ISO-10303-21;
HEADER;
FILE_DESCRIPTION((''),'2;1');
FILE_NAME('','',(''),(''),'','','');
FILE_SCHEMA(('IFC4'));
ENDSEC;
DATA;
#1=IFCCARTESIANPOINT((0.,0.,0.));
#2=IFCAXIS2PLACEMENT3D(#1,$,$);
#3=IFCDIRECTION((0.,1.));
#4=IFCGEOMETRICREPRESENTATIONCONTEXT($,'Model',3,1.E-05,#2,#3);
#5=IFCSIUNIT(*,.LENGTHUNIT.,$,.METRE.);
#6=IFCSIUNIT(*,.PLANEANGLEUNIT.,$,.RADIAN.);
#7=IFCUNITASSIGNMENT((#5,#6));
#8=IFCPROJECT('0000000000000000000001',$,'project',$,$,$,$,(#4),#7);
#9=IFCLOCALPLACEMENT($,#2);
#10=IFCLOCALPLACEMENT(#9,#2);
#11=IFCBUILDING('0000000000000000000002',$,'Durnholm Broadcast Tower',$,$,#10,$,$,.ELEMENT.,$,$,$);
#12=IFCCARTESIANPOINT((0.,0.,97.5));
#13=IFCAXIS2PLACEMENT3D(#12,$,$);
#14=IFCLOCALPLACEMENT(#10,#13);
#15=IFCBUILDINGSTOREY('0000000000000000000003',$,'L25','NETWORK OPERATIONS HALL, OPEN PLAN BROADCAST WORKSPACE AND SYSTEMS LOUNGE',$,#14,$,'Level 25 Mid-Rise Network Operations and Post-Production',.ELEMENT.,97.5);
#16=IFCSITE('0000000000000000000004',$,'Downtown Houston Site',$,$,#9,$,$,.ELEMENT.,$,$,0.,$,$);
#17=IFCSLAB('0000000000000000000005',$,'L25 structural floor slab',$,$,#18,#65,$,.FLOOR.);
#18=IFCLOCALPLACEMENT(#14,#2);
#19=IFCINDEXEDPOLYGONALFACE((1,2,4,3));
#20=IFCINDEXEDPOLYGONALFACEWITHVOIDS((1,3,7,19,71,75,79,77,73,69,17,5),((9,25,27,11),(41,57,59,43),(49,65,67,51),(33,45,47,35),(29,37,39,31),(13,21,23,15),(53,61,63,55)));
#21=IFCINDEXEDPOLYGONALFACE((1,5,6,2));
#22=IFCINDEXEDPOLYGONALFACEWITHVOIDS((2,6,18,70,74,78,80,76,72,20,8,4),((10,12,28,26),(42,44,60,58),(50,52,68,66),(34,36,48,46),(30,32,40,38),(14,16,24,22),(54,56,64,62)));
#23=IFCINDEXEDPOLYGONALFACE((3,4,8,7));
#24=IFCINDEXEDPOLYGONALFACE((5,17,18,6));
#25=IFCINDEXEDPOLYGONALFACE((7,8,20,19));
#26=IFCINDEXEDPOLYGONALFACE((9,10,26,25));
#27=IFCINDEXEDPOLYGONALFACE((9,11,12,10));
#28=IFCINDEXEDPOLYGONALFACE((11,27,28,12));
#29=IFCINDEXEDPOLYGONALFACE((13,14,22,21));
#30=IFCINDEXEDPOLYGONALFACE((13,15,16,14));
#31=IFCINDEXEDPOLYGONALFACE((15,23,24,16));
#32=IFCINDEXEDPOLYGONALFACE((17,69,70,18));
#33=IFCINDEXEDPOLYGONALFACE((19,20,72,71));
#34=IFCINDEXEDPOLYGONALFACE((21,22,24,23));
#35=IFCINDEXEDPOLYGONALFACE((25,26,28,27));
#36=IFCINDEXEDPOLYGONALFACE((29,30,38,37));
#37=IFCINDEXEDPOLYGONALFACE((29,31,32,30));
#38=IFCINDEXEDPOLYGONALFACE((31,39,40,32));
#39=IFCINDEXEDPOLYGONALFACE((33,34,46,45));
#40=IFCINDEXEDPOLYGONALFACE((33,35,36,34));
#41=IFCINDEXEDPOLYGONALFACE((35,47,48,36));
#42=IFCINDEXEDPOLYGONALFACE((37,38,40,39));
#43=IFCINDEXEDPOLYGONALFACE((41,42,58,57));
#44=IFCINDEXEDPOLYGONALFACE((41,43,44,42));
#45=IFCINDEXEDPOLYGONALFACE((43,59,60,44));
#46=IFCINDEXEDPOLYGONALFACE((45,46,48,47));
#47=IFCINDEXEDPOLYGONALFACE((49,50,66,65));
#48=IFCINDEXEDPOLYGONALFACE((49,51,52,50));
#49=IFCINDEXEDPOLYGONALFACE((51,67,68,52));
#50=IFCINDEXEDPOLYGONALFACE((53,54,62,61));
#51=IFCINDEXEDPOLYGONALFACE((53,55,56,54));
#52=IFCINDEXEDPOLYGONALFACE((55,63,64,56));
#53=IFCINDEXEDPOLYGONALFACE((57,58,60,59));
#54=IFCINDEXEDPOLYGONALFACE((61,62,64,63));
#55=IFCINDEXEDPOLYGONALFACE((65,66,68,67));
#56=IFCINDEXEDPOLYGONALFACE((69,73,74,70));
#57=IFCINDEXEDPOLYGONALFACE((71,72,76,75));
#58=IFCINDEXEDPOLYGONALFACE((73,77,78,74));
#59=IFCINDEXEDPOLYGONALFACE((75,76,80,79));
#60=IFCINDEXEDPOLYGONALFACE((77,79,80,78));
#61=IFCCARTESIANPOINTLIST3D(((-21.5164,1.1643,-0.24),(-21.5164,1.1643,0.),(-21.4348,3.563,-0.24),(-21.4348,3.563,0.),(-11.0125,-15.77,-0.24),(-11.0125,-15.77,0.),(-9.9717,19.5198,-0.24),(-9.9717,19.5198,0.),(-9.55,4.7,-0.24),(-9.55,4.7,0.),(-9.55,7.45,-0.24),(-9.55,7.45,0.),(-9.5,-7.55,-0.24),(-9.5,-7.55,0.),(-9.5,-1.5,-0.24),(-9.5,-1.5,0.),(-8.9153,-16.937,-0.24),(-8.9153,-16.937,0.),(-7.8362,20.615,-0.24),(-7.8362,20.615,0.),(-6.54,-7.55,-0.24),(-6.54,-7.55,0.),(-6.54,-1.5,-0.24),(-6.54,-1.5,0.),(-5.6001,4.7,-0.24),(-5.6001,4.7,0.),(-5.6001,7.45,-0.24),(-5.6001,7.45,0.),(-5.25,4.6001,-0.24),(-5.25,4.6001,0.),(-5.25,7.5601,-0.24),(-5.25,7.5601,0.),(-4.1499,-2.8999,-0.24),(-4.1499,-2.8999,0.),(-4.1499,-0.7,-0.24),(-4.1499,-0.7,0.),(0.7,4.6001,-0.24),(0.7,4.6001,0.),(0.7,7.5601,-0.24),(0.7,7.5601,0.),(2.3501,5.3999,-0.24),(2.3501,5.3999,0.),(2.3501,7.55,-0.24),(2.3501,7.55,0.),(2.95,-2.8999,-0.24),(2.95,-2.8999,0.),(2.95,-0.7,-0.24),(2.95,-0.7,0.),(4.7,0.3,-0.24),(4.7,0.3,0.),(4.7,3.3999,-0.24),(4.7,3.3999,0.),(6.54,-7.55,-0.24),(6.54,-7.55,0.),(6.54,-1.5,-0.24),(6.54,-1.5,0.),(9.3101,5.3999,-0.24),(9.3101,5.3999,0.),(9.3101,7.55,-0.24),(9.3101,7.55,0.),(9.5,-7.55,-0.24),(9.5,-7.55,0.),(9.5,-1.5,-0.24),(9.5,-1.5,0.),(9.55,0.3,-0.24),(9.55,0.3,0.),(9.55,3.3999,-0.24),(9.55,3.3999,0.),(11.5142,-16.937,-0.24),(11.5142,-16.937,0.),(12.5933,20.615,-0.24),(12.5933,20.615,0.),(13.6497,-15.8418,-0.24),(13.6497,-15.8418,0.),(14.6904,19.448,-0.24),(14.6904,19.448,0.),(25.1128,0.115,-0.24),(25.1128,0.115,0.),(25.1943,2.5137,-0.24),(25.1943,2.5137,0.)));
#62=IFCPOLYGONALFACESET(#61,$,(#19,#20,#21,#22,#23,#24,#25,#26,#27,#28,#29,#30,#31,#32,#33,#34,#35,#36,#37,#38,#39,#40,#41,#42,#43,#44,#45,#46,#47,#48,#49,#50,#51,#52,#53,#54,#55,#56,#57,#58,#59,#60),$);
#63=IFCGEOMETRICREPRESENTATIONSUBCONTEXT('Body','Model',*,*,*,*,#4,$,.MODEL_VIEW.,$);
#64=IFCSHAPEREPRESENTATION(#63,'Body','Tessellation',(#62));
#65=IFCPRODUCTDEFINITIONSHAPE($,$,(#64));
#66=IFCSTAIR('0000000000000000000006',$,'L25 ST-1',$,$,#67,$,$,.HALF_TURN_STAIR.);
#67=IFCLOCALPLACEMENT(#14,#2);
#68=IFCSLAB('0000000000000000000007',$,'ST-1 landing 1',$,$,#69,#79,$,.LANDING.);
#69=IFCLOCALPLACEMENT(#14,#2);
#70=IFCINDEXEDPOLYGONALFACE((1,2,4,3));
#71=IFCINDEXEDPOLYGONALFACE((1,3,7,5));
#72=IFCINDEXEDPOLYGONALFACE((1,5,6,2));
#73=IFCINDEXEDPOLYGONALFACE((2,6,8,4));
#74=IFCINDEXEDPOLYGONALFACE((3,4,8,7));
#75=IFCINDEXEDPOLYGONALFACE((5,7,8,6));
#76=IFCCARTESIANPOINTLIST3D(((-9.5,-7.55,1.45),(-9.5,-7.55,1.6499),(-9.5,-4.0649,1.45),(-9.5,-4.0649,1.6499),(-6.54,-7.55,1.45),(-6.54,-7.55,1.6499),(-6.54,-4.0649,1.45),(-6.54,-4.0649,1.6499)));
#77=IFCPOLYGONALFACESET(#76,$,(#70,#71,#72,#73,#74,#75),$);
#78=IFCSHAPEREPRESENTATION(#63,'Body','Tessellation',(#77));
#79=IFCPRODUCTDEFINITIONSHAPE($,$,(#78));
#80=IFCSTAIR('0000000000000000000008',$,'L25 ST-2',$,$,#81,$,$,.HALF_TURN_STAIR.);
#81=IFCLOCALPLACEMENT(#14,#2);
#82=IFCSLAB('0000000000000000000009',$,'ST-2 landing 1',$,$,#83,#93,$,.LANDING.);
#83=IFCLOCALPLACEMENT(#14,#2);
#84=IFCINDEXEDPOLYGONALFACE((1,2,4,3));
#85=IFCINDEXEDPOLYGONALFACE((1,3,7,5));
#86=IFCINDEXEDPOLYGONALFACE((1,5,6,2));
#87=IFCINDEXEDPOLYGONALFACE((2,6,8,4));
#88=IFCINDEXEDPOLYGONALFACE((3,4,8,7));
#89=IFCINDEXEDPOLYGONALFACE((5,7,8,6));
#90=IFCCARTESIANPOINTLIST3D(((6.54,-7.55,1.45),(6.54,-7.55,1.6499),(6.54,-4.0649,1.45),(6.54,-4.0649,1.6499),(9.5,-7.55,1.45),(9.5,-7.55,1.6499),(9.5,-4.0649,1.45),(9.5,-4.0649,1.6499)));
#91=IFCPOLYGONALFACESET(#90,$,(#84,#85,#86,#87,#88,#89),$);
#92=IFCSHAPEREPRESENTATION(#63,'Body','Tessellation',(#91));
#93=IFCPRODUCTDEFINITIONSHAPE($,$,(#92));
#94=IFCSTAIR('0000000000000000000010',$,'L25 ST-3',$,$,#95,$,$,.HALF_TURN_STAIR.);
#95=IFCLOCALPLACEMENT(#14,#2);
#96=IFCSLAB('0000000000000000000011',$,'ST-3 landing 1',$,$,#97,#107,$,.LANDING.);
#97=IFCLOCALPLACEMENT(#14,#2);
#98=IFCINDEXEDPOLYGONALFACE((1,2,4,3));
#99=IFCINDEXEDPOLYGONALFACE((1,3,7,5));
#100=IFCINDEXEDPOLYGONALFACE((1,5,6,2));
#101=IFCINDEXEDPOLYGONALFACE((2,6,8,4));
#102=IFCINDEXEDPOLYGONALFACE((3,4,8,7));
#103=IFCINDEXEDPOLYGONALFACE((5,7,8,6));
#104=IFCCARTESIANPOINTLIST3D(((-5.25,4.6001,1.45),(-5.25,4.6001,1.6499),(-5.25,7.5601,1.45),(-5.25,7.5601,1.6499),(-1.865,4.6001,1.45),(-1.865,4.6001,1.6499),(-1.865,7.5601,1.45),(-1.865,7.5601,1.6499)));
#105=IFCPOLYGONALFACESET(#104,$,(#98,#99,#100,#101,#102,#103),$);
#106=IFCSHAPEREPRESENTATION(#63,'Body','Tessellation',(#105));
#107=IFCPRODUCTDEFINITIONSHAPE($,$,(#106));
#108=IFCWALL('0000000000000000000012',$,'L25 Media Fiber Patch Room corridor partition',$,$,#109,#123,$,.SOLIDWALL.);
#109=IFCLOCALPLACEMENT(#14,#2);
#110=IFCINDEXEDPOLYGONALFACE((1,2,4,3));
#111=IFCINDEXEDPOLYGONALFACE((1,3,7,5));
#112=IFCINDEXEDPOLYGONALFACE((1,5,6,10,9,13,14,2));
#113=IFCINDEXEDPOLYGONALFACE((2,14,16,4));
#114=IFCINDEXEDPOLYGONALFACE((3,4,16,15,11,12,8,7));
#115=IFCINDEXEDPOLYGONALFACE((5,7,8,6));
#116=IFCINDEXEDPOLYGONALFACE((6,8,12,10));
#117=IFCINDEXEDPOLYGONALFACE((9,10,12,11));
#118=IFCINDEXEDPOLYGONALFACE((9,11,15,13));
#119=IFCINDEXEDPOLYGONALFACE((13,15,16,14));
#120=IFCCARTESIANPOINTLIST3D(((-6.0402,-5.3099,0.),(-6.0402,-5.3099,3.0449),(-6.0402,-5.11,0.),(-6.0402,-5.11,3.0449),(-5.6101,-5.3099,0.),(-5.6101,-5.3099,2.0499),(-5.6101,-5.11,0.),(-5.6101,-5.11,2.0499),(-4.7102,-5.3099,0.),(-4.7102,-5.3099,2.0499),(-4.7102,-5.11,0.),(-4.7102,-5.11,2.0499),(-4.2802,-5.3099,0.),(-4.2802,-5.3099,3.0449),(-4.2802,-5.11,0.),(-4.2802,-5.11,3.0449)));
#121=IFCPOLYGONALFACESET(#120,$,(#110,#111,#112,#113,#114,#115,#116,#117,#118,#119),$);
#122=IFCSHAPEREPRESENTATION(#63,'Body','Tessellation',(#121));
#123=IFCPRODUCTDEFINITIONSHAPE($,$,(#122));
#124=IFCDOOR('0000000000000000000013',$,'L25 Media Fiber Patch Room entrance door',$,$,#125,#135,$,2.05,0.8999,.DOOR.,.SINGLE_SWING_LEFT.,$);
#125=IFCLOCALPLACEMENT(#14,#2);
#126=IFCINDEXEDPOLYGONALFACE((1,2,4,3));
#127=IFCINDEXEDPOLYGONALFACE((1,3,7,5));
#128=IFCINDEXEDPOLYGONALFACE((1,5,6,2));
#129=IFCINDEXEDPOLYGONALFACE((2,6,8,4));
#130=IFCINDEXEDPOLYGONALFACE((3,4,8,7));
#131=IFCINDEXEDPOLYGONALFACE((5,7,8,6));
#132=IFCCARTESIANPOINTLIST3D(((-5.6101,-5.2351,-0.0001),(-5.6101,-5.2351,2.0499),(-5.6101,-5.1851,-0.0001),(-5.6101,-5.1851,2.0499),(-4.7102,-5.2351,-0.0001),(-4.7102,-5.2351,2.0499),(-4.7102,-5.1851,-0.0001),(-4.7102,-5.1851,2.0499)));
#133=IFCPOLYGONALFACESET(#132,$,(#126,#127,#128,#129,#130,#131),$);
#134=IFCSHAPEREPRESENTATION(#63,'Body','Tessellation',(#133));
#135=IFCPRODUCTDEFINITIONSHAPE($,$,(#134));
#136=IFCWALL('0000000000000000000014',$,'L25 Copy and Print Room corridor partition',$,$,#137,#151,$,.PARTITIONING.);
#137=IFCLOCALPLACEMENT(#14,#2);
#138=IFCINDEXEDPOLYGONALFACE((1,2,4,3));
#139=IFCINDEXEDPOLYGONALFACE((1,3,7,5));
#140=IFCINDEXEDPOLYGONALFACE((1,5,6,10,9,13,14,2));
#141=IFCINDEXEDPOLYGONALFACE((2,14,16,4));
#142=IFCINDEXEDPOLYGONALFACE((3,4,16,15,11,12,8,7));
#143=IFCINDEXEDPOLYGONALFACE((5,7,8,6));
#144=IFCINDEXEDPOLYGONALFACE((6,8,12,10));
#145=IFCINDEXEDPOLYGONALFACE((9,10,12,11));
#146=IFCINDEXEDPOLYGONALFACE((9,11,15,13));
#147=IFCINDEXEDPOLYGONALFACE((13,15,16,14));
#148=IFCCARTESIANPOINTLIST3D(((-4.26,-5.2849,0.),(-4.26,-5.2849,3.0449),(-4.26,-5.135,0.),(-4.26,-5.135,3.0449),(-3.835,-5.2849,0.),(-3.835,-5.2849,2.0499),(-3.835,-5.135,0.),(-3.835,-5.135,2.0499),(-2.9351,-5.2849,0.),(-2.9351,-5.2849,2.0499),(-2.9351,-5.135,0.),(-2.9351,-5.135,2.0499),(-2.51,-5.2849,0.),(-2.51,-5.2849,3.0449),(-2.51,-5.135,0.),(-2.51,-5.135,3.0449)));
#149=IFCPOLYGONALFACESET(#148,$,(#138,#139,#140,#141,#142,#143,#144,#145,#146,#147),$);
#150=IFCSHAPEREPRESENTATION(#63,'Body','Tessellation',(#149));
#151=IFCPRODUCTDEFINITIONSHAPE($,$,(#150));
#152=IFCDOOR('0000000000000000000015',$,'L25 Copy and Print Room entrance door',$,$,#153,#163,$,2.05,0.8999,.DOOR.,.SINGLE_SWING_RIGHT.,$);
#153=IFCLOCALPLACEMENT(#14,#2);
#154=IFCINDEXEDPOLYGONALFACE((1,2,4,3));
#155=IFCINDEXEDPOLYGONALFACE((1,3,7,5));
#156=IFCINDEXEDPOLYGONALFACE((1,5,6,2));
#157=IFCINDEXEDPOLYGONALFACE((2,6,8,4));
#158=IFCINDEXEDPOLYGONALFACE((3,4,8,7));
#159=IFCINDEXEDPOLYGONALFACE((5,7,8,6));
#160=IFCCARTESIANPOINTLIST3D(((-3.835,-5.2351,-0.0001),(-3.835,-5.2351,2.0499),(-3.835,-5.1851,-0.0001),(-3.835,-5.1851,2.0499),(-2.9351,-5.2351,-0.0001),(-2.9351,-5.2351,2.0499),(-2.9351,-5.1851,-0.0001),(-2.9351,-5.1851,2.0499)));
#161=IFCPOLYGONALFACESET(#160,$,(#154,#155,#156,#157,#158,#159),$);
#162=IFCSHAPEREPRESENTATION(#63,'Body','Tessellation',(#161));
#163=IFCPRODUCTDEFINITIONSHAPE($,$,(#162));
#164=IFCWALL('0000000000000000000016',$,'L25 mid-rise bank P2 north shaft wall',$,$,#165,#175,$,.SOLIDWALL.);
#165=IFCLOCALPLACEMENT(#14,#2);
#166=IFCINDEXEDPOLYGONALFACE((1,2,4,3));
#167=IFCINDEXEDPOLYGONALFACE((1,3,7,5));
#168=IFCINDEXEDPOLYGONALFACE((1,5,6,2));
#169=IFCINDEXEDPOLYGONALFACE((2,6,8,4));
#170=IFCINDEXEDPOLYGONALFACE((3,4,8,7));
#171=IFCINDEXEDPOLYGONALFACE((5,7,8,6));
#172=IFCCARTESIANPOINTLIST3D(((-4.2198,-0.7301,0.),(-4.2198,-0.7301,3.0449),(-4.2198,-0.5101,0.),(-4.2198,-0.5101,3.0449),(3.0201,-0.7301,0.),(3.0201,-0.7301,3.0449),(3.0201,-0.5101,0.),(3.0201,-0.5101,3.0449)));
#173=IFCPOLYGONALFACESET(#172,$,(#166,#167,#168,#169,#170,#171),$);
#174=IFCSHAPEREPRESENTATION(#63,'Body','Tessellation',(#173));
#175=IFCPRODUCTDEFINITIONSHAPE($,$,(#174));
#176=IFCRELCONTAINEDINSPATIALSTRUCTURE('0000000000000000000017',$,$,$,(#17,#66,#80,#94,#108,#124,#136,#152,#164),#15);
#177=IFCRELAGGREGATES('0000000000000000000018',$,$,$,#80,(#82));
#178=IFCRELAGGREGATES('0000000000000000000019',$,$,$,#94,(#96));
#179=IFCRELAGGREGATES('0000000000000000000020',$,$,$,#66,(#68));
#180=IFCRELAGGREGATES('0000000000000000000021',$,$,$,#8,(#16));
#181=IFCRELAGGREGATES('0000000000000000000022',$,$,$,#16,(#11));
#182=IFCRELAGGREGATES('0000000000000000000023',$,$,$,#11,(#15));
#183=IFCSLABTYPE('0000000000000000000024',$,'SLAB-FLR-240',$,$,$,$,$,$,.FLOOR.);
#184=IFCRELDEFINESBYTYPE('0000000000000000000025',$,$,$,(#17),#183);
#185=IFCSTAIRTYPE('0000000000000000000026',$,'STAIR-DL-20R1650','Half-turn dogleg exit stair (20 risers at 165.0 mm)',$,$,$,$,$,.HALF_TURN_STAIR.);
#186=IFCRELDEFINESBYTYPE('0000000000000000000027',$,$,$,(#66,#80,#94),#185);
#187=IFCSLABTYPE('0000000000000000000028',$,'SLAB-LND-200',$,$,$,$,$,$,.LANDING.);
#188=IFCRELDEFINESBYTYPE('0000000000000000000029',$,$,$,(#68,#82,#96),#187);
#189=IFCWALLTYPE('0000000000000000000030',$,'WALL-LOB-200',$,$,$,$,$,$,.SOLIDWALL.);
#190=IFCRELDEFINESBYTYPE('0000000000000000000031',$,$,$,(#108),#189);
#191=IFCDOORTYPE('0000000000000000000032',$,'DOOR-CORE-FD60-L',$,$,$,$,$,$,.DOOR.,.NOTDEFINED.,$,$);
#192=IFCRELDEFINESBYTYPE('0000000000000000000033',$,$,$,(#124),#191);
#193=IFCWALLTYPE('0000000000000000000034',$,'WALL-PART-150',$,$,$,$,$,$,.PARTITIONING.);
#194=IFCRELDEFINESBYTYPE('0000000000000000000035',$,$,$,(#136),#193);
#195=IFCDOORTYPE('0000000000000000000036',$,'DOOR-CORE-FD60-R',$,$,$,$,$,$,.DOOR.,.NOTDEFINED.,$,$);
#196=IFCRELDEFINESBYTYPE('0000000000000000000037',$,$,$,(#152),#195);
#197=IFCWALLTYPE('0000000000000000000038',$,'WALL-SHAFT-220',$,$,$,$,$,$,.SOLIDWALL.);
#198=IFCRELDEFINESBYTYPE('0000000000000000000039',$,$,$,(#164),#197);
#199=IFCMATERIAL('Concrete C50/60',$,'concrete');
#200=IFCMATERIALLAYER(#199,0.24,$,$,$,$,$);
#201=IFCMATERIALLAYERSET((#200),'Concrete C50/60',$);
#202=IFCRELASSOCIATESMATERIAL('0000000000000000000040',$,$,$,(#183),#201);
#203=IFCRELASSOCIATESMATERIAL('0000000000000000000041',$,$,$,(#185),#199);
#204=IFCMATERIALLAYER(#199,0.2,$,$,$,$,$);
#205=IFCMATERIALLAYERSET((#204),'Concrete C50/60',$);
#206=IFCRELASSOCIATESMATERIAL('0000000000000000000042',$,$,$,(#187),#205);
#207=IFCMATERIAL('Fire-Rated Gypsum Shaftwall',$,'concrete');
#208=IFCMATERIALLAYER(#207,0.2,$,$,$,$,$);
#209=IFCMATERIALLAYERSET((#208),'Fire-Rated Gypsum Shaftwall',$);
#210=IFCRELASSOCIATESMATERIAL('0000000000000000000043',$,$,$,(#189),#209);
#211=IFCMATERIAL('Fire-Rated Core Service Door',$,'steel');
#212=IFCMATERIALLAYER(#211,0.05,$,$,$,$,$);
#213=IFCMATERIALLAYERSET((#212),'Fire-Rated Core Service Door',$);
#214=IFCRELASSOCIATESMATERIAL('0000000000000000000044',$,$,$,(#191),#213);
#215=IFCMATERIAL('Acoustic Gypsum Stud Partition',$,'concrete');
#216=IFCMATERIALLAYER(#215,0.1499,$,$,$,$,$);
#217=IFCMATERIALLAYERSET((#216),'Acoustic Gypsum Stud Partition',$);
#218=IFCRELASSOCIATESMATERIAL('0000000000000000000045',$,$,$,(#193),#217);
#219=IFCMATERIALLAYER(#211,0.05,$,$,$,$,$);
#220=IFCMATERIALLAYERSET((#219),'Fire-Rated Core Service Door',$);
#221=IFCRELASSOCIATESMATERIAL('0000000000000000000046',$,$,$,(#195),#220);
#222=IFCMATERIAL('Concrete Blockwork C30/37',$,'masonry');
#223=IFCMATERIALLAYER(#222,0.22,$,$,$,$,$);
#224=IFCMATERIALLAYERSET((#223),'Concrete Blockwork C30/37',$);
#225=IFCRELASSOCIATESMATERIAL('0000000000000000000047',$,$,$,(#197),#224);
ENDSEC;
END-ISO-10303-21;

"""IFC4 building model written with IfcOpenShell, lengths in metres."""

from ifc_helpers import new_model, si_unit, direction, frame, frame_2d, origin, place, context, subcontext, project, spatial, polyline, rectangle, outline, extrude, source, transform, mapped, material, layer, layer_set, type_object, type_shapes, element, fill, aggregate, save


model = new_model("IFC4")

# Units and contexts
model_context = context("Model", 3, precision=1e-05, world=origin(), true_north=direction((0.0, 1.0)))
body_context = subcontext(model_context, "Body", "Model", "MODEL_VIEW")
ifc_project = project(units=[si_unit("LENGTHUNIT", "METRE"), si_unit("PLANEANGLEUNIT", "RADIAN")], contexts=[model_context])

# Site, building, storey
site_placement = place(None, origin())
site = spatial("IfcSite", under=ifc_project, at=site_placement, Name="Downtown Houston Site", CompositionType="ELEMENT", RefElevation=0.0)
building_placement = place(site_placement, origin())
building = spatial("IfcBuilding", under=site, at=building_placement, Name="Durnholm Broadcast Tower", CompositionType="ELEMENT")
storey_placement = place(building_placement, frame((0.0, 0.0, 97.5)))
storey = spatial("IfcBuildingStorey", under=building, at=storey_placement, Name="L25", Description="NETWORK OPERATIONS HALL, OPEN PLAN BROADCAST WORKSPACE AND SYSTEMS LOUNGE", LongName="Level 25 Mid-Rise Network Operations and Post-Production", CompositionType="ELEMENT", Elevation=97.5)

# Slab
ifc_material_1 = material(Name="Concrete C50/60", Category="concrete")
ifc_layer_1 = layer(ifc_material_1, 0.24)
ifc_layer_set_1 = layer_set([ifc_layer_1], Name="Concrete C50/60")
slab_type_1 = type_object("IfcSlabType", Name="SLAB-FLR-240", PredefinedType="FLOOR", material=ifc_layer_set_1)
slab_1_placement = place(storey_placement, frame((0.0, 0.0, -0.24)))
element("IfcSlab", 1, at=slab_1_placement, inside=storey, type_object=slab_type_1, Name="L25 structural floor slab", PredefinedType="FLOOR", context=body_context, shape_type="SweptSolid", body=[
    extrude(outline(polyline([(-11.0125, -15.77), (-8.9153, -16.937), (11.5142, -16.937), (13.6497, -15.8418), (25.1128, 0.115), (25.1943, 2.5137), (14.6904, 19.448), (12.5933, 20.615), (-7.8362, 20.615), (-9.9717, 19.5198), (-21.4348, 3.563), (-21.5164, 1.1643), (-11.0125, -15.77)]), holes=[polyline([(-6.54, -1.5), (-9.5, -1.5), (-9.5, -7.55), (-6.54, -7.55), (-6.54, -1.5)]), polyline([(9.5, -7.55), (9.5, -1.5), (6.54, -1.5), (6.54, -7.55), (9.5, -7.55)]), polyline([(2.95, -0.7), (-4.1499, -0.7), (-4.1499, -2.8999), (2.95, -2.8999), (2.95, -0.7)]), polyline([(9.55, 3.3999), (4.7, 3.3999), (4.7, 0.3), (9.55, 0.3), (9.55, 3.3999)]), polyline([(-5.6001, 7.45), (-9.55, 7.45), (-9.55, 4.7), (-5.6001, 4.7), (-5.6001, 7.45)]), polyline([(-5.25, 4.6001), (0.7, 4.6001), (0.7, 7.5601), (-5.25, 7.5601), (-5.25, 4.6001)]), polyline([(9.3101, 7.55), (2.3501, 7.55), (2.3501, 5.3999), (9.3101, 5.3999), (9.3101, 7.55)])]), origin(), (0.0, 0.0, 1.0), 0.24),
])

# Stairs, slabs
stair_type = type_object("IfcStairType", Name="STAIR-DL-20R1650", Description="Half-turn dogleg exit stair (20 risers at 165.0 mm)", PredefinedType="HALF_TURN_STAIR", material=ifc_material_1)
stair_1_placement = place(storey_placement, origin())
stair_1 = element("IfcStair", 2, at=stair_1_placement, inside=storey, type_object=stair_type, Name="L25 ST-1", PredefinedType="HALF_TURN_STAIR")
ifc_layer_2 = layer(ifc_material_1, 0.2)
ifc_layer_set_2 = layer_set([ifc_layer_2], Name="Concrete C50/60")
slab_type_2 = type_object("IfcSlabType", Name="SLAB-LND-200", PredefinedType="LANDING", material=ifc_layer_set_2)
slab_2_placement = place(storey_placement, frame((0.0, 0.0, 1.45)))
slab_2 = element("IfcSlab", 3, at=slab_2_placement, type_object=slab_type_2, Name="ST-1 landing 1", PredefinedType="LANDING", context=body_context, shape_type="SweptSolid", body=[
    extrude(outline(polyline([(-9.5, -4.0649), (-9.5, -7.55), (-6.54, -7.55), (-6.54, -4.0649), (-9.5, -4.0649)])), origin(), (0.0, 0.0, 1.0), 0.2),
])
stair_2_placement = place(storey_placement, origin())
stair_2 = element("IfcStair", 4, at=stair_2_placement, inside=storey, type_object=stair_type, Name="L25 ST-2", PredefinedType="HALF_TURN_STAIR")
slab_3_placement = place(storey_placement, frame((0.0, 0.0, 1.45)))
slab_3 = element("IfcSlab", 5, at=slab_3_placement, type_object=slab_type_2, Name="ST-2 landing 1", PredefinedType="LANDING", context=body_context, shape_type="SweptSolid", body=[
    extrude(outline(polyline([(6.54, -4.0649), (6.54, -7.55), (9.5, -7.55), (9.5, -4.0649), (6.54, -4.0649)])), origin(), (0.0, 0.0, 1.0), 0.2),
])
aggregate(stair_2, [slab_3])
stair_3_placement = place(storey_placement, origin())
stair_3 = element("IfcStair", 6, at=stair_3_placement, inside=storey, type_object=stair_type, Name="L25 ST-3", PredefinedType="HALF_TURN_STAIR")
slab_4_placement = place(storey_placement, frame((0.0, 0.0, 1.45)))
slab_4 = element("IfcSlab", 7, at=slab_4_placement, type_object=slab_type_2, Name="ST-3 landing 1", PredefinedType="LANDING", context=body_context, shape_type="SweptSolid", body=[
    extrude(outline(polyline([(-1.865, 7.5601), (-5.25, 7.5601), (-5.25, 4.6001), (-1.865, 4.6001), (-1.865, 7.5601)])), origin(), (0.0, 0.0, 1.0), 0.2),
])
aggregate(stair_3, [slab_4])

# Walls, openings, doors
ifc_material_2 = material(Name="Fire-Rated Gypsum Shaftwall", Category="concrete")
ifc_layer_3 = layer(ifc_material_2, 0.2)
ifc_layer_set_3 = layer_set([ifc_layer_3], Name="Fire-Rated Gypsum Shaftwall")
wall_type_1 = type_object("IfcWallType", Name="WALL-LOB-200", PredefinedType="SOLIDWALL", material=ifc_layer_set_3)
wall_1_placement = place(storey_placement, frame((-6.04, -5.21, 0.0), z_axis=(0.0, 0.0, 1.0), x_axis=(1.0, 0.0, 0.0)))
wall_1 = element("IfcWall", 8, at=wall_1_placement, inside=storey, type_object=wall_type_1, Name="L25 Media Fiber Patch Room corridor partition", PredefinedType="SOLIDWALL", context=body_context, shape_type="SweptSolid", body=[
    extrude(rectangle(XDim=1.76, YDim=0.2, at=frame_2d((0.8799, 0.0))), origin(), (0.0, 0.0, 1.0), 3.0449),
])
opening_1_placement = place(wall_1_placement, frame((0.4299, 0.0, 0.0)))
opening_1 = element("IfcOpeningElement", 9, at=opening_1_placement, cuts=wall_1, PredefinedType="OPENING", context=body_context, shape_type="SweptSolid", body=[
    extrude(rectangle(XDim=0.8999, YDim=2.05, at=frame_2d((0.45, 1.0249))), frame((0.0, 0.1099, 0.0), z_axis=(0.0, -1.0, 0.0), x_axis=(1.0, 0.0, 0.0)), (0.0, 0.0, 1.0), 0.22),
])
ifc_material_3 = material(Name="Fire-Rated Core Service Door", Category="steel")
ifc_layer_4 = layer(ifc_material_3, 0.05)
ifc_layer_set_4 = layer_set([ifc_layer_4], Name="Fire-Rated Core Service Door")
door_type_1 = type_object("IfcDoorType", Name="DOOR-CORE-FD60-L", OperationType="NOTDEFINED", PredefinedType="DOOR", material=ifc_layer_set_4)
shared_shape_1 = source(origin(), body_context, "Body", "SweptSolid", [
    extrude(rectangle(XDim=0.8999, YDim=2.05, at=frame_2d((0.45, 1.0249))), frame((0.0, 0.0249, 0.0), z_axis=(0.0, -1.0, 0.0), x_axis=(1.0, 0.0, 0.0)), (0.0, 0.0, 1.0), 0.05),
])
type_shapes(door_type_1, [shared_shape_1])
door_1_placement = place(opening_1_placement, origin())
door_1 = element("IfcDoor", 10, at=door_1_placement, inside=storey, type_object=door_type_1, Name="L25 Media Fiber Patch Room entrance door", OperationType="SINGLE_SWING_LEFT", OverallHeight=2.05, OverallWidth=0.8999, PredefinedType="DOOR", context=body_context, shape_type="MappedRepresentation", body=[
    mapped(shared_shape_1, transform((0.0, 0.0, 0.0), x_axis=(1.0, 0.0, 0.0), y_axis=(0.0, 1.0, 0.0), z_axis=(0.0, 0.0, 1.0), scale=1.0)),
])
fill(opening_1, door_1)
ifc_material_4 = material(Name="Acoustic Gypsum Stud Partition", Category="concrete")
ifc_layer_5 = layer(ifc_material_4, 0.1499)
ifc_layer_set_5 = layer_set([ifc_layer_5], Name="Acoustic Gypsum Stud Partition")
wall_type_2 = type_object("IfcWallType", Name="WALL-PART-150", PredefinedType="PARTITIONING", material=ifc_layer_set_5)
wall_2_placement = place(storey_placement, frame((-4.26, -5.21, 0.0), z_axis=(0.0, 0.0, 1.0), x_axis=(1.0, 0.0, 0.0)))
wall_2 = element("IfcWall", 11, at=wall_2_placement, inside=storey, type_object=wall_type_2, Name="L25 Copy and Print Room corridor partition", PredefinedType="PARTITIONING", context=body_context, shape_type="SweptSolid", body=[
    extrude(rectangle(XDim=1.75, YDim=0.1499, at=frame_2d((0.875, 0.0))), origin(), (0.0, 0.0, 1.0), 3.0449),
])
opening_2_placement = place(wall_2_placement, frame((0.425, 0.0, 0.0)))
opening_2 = element("IfcOpeningElement", 12, at=opening_2_placement, cuts=wall_2, PredefinedType="OPENING", context=body_context, shape_type="SweptSolid", body=[
    extrude(rectangle(XDim=0.8999, YDim=2.05, at=frame_2d((0.45, 1.0249))), frame((0.0, 0.085, 0.0), z_axis=(0.0, -1.0, 0.0), x_axis=(1.0, 0.0, 0.0)), (0.0, 0.0, 1.0), 0.1699),
])
ifc_layer_6 = layer(ifc_material_3, 0.05)
ifc_layer_set_6 = layer_set([ifc_layer_6], Name="Fire-Rated Core Service Door")
door_type_2 = type_object("IfcDoorType", Name="DOOR-CORE-FD60-R", OperationType="NOTDEFINED", PredefinedType="DOOR", material=ifc_layer_set_6)
shared_shape_2 = source(origin(), body_context, "Body", "SweptSolid", [
    extrude(rectangle(XDim=0.8999, YDim=2.05, at=frame_2d((0.45, 1.0249))), frame((0.0, 0.0249, 0.0), z_axis=(0.0, -1.0, 0.0), x_axis=(1.0, 0.0, 0.0)), (0.0, 0.0, 1.0), 0.05),
])
type_shapes(door_type_2, [shared_shape_2])
door_2_placement = place(opening_2_placement, origin())
door_2 = element("IfcDoor", 13, at=door_2_placement, inside=storey, type_object=door_type_2, Name="L25 Copy and Print Room entrance door", OperationType="SINGLE_SWING_RIGHT", OverallHeight=2.05, OverallWidth=0.8999, PredefinedType="DOOR", context=body_context, shape_type="MappedRepresentation", body=[
    mapped(shared_shape_2, transform((0.0, 0.0, 0.0), x_axis=(1.0, 0.0, 0.0), y_axis=(0.0, 1.0, 0.0), z_axis=(0.0, 0.0, 1.0), scale=1.0)),
])
fill(opening_2, door_2)

# Shared definitions
ifc_material_5 = material(Name="Concrete Blockwork C30/37", Category="masonry")
ifc_layer_7 = layer(ifc_material_5, 0.22)
ifc_layer_set_7 = layer_set([ifc_layer_7], Name="Concrete Blockwork C30/37")
wall_type_3 = type_object("IfcWallType", Name="WALL-SHAFT-220", PredefinedType="SOLIDWALL", material=ifc_layer_set_7)

# Wall
wall_3_placement = place(storey_placement, frame((-4.22, -0.6201, 0.0), z_axis=(0.0, 0.0, 1.0), x_axis=(1.0, 0.0, 0.0)))
element("IfcWall", 14, at=wall_3_placement, inside=storey, type_object=wall_type_3, Name="L25 mid-rise bank P2 north shaft wall", PredefinedType="SOLIDWALL", context=body_context, shape_type="SweptSolid", body=[
    extrude(rectangle(XDim=7.24, YDim=0.22, at=frame_2d((3.6201, 0.0))), origin(), (0.0, 0.0, 1.0), 3.0449),
])

aggregate(stair_1, [slab_2])

save(model, "model.ifc")
